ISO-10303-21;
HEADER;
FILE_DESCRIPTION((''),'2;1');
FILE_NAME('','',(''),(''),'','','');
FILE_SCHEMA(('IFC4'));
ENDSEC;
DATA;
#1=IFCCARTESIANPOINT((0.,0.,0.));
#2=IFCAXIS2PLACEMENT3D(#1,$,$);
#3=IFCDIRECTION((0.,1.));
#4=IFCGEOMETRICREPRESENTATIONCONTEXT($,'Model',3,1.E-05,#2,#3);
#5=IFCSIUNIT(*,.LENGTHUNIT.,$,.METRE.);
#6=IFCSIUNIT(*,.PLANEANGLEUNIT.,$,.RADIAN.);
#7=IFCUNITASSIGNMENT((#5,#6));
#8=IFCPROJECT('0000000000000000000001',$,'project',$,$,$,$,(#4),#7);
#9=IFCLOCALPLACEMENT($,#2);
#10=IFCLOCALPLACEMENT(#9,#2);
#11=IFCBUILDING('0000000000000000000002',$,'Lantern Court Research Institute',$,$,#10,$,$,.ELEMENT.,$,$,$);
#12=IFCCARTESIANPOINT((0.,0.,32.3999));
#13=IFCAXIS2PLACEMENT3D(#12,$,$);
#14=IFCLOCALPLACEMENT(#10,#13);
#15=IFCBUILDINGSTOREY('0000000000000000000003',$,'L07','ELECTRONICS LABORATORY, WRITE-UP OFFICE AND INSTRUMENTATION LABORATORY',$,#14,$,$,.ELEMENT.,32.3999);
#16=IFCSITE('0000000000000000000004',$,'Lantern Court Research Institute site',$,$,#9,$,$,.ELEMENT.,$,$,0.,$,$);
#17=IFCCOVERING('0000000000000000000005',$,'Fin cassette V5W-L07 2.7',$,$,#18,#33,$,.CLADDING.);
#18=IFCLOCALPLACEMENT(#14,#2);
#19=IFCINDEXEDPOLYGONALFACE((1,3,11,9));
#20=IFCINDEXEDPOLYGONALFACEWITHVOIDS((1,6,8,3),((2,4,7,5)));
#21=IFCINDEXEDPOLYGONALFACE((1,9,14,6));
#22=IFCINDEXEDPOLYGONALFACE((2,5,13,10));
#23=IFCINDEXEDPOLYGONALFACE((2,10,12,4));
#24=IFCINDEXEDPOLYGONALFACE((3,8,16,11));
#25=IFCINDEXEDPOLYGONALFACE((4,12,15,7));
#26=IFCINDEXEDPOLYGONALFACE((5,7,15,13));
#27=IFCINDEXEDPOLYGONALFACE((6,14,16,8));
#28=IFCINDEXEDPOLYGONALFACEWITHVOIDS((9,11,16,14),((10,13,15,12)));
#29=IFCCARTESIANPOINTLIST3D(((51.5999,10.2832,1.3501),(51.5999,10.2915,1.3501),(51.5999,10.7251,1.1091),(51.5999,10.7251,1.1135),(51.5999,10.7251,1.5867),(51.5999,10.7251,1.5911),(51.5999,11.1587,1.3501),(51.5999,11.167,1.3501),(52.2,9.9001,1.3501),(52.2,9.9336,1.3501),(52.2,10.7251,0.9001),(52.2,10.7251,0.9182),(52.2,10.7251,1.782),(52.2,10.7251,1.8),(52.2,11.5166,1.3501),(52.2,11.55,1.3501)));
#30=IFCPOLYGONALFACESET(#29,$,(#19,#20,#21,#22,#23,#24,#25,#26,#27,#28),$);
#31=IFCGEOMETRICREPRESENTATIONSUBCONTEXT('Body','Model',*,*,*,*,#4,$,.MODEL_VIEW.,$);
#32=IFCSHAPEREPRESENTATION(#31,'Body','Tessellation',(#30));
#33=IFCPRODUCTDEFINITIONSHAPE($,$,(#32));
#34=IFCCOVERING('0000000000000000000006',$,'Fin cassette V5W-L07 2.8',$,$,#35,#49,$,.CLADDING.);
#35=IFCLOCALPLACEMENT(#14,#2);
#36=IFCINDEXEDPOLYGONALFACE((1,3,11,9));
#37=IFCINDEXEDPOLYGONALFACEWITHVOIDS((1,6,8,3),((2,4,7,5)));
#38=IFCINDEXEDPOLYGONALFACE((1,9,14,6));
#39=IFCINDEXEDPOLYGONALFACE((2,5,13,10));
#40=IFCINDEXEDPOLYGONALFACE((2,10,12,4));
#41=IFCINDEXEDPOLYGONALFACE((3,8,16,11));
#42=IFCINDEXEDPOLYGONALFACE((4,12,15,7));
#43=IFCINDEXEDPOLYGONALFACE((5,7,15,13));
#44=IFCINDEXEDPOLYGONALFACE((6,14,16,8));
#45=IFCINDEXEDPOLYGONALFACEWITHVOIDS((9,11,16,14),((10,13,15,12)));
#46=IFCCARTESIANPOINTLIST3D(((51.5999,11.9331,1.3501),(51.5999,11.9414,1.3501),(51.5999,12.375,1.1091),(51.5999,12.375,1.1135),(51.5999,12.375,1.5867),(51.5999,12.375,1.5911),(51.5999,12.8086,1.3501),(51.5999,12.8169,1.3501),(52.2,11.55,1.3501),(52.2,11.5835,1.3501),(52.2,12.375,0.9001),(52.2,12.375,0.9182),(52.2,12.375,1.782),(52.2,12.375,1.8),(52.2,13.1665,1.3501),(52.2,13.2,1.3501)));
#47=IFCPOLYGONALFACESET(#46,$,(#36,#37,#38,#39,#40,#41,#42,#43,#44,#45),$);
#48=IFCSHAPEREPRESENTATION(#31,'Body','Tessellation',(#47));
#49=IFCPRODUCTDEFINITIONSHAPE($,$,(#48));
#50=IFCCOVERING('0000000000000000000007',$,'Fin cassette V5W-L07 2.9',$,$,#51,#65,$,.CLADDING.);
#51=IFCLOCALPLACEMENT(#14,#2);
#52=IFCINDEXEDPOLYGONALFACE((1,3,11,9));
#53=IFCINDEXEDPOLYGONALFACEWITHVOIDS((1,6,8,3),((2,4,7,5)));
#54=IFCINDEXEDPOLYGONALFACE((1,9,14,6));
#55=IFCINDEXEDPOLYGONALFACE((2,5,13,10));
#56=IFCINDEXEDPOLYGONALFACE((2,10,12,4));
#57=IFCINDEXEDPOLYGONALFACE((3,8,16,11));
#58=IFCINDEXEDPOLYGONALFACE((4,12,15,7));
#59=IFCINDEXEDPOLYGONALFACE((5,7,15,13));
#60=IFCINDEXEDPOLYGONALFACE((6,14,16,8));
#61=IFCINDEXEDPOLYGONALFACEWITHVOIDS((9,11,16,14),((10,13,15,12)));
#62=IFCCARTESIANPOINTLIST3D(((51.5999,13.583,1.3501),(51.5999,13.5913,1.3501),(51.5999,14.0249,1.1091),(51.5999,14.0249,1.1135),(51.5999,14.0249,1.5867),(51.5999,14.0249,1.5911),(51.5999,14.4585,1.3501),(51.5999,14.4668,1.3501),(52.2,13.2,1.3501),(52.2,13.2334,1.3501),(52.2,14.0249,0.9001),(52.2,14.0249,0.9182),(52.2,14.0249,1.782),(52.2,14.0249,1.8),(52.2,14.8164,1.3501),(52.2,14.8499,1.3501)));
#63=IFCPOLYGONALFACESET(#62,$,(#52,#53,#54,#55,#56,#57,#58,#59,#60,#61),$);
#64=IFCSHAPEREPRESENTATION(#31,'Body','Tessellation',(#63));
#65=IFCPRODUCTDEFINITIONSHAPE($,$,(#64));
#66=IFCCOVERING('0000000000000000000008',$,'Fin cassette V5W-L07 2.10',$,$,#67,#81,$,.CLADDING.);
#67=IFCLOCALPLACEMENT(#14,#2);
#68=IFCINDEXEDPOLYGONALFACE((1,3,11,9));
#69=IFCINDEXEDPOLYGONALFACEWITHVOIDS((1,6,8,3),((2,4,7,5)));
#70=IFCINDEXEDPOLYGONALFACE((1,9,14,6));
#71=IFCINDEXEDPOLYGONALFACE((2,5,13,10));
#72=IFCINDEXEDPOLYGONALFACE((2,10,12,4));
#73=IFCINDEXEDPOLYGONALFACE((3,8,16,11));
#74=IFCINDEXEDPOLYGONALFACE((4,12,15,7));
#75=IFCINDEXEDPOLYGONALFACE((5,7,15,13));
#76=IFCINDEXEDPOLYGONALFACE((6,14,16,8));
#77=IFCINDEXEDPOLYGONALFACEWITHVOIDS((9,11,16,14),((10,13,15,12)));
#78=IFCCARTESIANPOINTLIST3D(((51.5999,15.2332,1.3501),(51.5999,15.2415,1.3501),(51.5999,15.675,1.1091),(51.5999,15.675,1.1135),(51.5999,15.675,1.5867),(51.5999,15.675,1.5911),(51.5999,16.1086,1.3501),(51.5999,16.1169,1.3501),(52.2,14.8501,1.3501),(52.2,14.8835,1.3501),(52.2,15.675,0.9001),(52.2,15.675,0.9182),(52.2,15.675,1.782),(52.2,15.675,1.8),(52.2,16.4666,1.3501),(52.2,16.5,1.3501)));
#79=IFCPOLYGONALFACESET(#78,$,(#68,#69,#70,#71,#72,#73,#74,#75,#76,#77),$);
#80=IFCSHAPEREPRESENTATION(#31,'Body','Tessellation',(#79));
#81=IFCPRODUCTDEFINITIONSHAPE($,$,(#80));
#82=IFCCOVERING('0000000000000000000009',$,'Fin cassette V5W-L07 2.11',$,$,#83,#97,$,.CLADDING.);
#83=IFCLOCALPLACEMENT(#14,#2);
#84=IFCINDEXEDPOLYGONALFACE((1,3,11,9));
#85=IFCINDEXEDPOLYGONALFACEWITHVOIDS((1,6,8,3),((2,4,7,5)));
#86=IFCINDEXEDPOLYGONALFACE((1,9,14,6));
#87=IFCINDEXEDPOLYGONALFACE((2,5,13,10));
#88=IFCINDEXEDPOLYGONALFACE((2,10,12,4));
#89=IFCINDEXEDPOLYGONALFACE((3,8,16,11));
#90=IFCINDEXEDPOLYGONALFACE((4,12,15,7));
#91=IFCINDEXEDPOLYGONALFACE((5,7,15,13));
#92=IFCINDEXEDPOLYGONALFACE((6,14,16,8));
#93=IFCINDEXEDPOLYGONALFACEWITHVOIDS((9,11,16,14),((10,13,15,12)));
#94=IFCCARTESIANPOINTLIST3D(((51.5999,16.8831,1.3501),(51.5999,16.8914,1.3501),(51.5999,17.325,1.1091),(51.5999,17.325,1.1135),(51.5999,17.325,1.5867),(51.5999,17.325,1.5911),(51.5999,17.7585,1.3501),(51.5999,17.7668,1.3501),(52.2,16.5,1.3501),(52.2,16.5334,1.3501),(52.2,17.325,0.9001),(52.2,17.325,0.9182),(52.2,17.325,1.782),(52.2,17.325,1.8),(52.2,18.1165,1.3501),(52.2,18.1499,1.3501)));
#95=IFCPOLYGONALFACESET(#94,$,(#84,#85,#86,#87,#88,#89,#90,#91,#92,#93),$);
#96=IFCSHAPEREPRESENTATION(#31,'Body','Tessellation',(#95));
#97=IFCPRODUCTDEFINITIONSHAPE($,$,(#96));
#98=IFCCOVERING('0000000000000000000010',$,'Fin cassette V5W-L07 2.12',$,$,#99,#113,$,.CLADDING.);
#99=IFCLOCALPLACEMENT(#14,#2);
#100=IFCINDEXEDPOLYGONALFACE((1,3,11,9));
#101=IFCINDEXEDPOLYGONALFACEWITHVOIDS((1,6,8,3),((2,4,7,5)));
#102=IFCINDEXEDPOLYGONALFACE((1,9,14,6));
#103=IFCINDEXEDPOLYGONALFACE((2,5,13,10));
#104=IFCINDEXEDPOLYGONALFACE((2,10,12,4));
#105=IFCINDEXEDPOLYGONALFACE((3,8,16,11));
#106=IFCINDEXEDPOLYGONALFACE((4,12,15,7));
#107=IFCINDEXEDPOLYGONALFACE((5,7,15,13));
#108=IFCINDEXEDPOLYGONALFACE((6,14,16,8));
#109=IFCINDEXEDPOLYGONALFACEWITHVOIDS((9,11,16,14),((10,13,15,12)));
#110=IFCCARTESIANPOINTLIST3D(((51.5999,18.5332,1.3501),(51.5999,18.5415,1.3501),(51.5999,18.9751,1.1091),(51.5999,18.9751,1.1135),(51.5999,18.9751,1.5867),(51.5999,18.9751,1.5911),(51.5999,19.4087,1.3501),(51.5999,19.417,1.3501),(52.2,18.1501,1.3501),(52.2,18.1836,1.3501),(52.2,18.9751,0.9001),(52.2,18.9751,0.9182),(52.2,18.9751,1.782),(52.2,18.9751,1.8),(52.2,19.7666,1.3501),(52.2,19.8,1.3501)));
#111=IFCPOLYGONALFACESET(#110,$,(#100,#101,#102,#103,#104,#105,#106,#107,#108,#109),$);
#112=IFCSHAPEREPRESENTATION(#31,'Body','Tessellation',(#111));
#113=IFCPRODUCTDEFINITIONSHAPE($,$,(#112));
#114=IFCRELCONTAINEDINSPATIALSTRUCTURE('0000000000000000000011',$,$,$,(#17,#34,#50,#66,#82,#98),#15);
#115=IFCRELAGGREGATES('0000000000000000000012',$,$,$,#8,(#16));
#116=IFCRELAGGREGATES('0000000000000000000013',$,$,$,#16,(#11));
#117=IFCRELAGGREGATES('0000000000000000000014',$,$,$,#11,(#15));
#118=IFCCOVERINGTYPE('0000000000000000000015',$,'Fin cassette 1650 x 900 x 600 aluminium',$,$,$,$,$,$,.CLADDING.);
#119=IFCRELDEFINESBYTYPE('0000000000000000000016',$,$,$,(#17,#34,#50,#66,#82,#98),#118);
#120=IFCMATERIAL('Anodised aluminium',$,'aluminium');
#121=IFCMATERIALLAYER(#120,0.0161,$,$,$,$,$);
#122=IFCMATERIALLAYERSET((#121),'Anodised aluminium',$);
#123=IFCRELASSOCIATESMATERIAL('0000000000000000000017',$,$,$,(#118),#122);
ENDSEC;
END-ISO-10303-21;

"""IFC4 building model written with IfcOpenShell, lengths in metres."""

from ifc_helpers import new_model, entity, si_unit, direction, frame, origin, place, context, subcontext, project, spatial, material, layer, layer_set, type_object, element, save


model = new_model("IFC4")

# Units and contexts
model_context = context("Model", 3, precision=1e-05, world=origin(), true_north=direction((0.0, 1.0)))
body_context = subcontext(model_context, "Body", "Model", "MODEL_VIEW")
ifc_project = project(units=[si_unit("LENGTHUNIT", "METRE"), si_unit("PLANEANGLEUNIT", "RADIAN")], contexts=[model_context])

# Site, building, storey
site_placement = place(None, origin())
site = spatial("IfcSite", under=ifc_project, at=site_placement, Name="Lantern Court Research Institute site", CompositionType="ELEMENT", RefElevation=0.0)
building_placement = place(site_placement, origin())
building = spatial("IfcBuilding", under=site, at=building_placement, Name="Lantern Court Research Institute", CompositionType="ELEMENT")
storey_placement = place(building_placement, frame((0.0, 0.0, 32.3999)))
storey = spatial("IfcBuildingStorey", under=building, at=storey_placement, Name="L07", Description="ELECTRONICS LABORATORY, WRITE-UP OFFICE AND INSTRUMENTATION LABORATORY", CompositionType="ELEMENT", Elevation=32.3999)

# Coverings
ifc_material = material(Name="Anodised aluminium", Category="aluminium")
ifc_layer = layer(ifc_material, 0.0161)
ifc_layer_set = layer_set([ifc_layer], Name="Anodised aluminium")
covering_type = type_object("IfcCoveringType", Name="Fin cassette 1650 x 900 x 600 aluminium", PredefinedType="CLADDING", material=ifc_layer_set)
covering_1_placement = place(storey_placement, frame((52.2, 10.7251, 1.3501), z_axis=(-1.0, 0.0, 0.0), x_axis=(0.0, -1.0, 0.0)))
cartesian_point_1 = entity("IfcCartesianPoint", [0.825, 0.0])
cartesian_point_2 = entity("IfcCartesianPoint", [0.7915, 0.0])
cartesian_point_3 = entity("IfcCartesianPoint", [0.4419, 0.0])
cartesian_point_4 = entity("IfcCartesianPoint", [0.4336, 0.0])
element("IfcCovering", 1, at=covering_1_placement, inside=storey, type_object=covering_type, Name="Fin cassette V5W-L07 2.7", PredefinedType="CLADDING", context=body_context, shape_type="SweptSolid", body=[
    entity("IfcExtrudedAreaSolidTapered", entity("IfcArbitraryProfileDefWithVoids", "AREA", None, entity("IfcPolyline", [cartesian_point_1, entity("IfcCartesianPoint", [0.0, 0.45]), entity("IfcCartesianPoint", [-0.825, 0.0]), entity("IfcCartesianPoint", [0.0, -0.45]), cartesian_point_1]), [entity("IfcPolyline", [cartesian_point_2, entity("IfcCartesianPoint", [0.0, 0.4319]), entity("IfcCartesianPoint", [-0.7915, 0.0]), entity("IfcCartesianPoint", [0.0, -0.4319]), cartesian_point_2])]), entity("IfcAxis2Placement3D", entity("IfcCartesianPoint", [0.0, 0.0, 0.0])), entity("IfcDirection", [0.0, 0.0, 1.0]), 0.6001, entity("IfcArbitraryProfileDefWithVoids", "AREA", None, entity("IfcPolyline", [cartesian_point_3, entity("IfcCartesianPoint", [0.0, 0.241]), entity("IfcCartesianPoint", [-0.4419, 0.0]), entity("IfcCartesianPoint", [0.0, -0.241]), cartesian_point_3]), [entity("IfcPolyline", [cartesian_point_4, entity("IfcCartesianPoint", [0.0, 0.2366]), entity("IfcCartesianPoint", [-0.4336, 0.0]), entity("IfcCartesianPoint", [0.0, -0.2366]), cartesian_point_4])])),
])
covering_2_placement = place(storey_placement, frame((52.2, 12.375, 1.3501), z_axis=(-1.0, 0.0, 0.0), x_axis=(0.0, -1.0, 0.0)))
cartesian_point_5 = entity("IfcCartesianPoint", [0.825, 0.0])
cartesian_point_6 = entity("IfcCartesianPoint", [0.7915, 0.0])
cartesian_point_7 = entity("IfcCartesianPoint", [0.4419, 0.0])
cartesian_point_8 = entity("IfcCartesianPoint", [0.4336, 0.0])
element("IfcCovering", 2, at=covering_2_placement, inside=storey, type_object=covering_type, Name="Fin cassette V5W-L07 2.8", PredefinedType="CLADDING", context=body_context, shape_type="SweptSolid", body=[
    entity("IfcExtrudedAreaSolidTapered", entity("IfcArbitraryProfileDefWithVoids", "AREA", None, entity("IfcPolyline", [cartesian_point_5, entity("IfcCartesianPoint", [0.0, 0.45]), entity("IfcCartesianPoint", [-0.825, 0.0]), entity("IfcCartesianPoint", [0.0, -0.45]), cartesian_point_5]), [entity("IfcPolyline", [cartesian_point_6, entity("IfcCartesianPoint", [0.0, 0.4319]), entity("IfcCartesianPoint", [-0.7915, 0.0]), entity("IfcCartesianPoint", [0.0, -0.4319]), cartesian_point_6])]), entity("IfcAxis2Placement3D", entity("IfcCartesianPoint", [0.0, 0.0, 0.0])), entity("IfcDirection", [0.0, 0.0, 1.0]), 0.6001, entity("IfcArbitraryProfileDefWithVoids", "AREA", None, entity("IfcPolyline", [cartesian_point_7, entity("IfcCartesianPoint", [0.0, 0.241]), entity("IfcCartesianPoint", [-0.4419, 0.0]), entity("IfcCartesianPoint", [0.0, -0.241]), cartesian_point_7]), [entity("IfcPolyline", [cartesian_point_8, entity("IfcCartesianPoint", [0.0, 0.2366]), entity("IfcCartesianPoint", [-0.4336, 0.0]), entity("IfcCartesianPoint", [0.0, -0.2366]), cartesian_point_8])])),
])
covering_3_placement = place(storey_placement, frame((52.2, 14.0249, 1.3501), z_axis=(-1.0, 0.0, 0.0), x_axis=(0.0, -1.0, 0.0)))
cartesian_point_9 = entity("IfcCartesianPoint", [0.825, 0.0])
cartesian_point_10 = entity("IfcCartesianPoint", [0.7915, 0.0])
cartesian_point_11 = entity("IfcCartesianPoint", [0.4419, 0.0])
cartesian_point_12 = entity("IfcCartesianPoint", [0.4336, 0.0])
element("IfcCovering", 3, at=covering_3_placement, inside=storey, type_object=covering_type, Name="Fin cassette V5W-L07 2.9", PredefinedType="CLADDING", context=body_context, shape_type="SweptSolid", body=[
    entity("IfcExtrudedAreaSolidTapered", entity("IfcArbitraryProfileDefWithVoids", "AREA", None, entity("IfcPolyline", [cartesian_point_9, entity("IfcCartesianPoint", [0.0, 0.45]), entity("IfcCartesianPoint", [-0.825, 0.0]), entity("IfcCartesianPoint", [0.0, -0.45]), cartesian_point_9]), [entity("IfcPolyline", [cartesian_point_10, entity("IfcCartesianPoint", [0.0, 0.4319]), entity("IfcCartesianPoint", [-0.7915, 0.0]), entity("IfcCartesianPoint", [0.0, -0.4319]), cartesian_point_10])]), entity("IfcAxis2Placement3D", entity("IfcCartesianPoint", [0.0, 0.0, 0.0])), entity("IfcDirection", [0.0, 0.0, 1.0]), 0.6001, entity("IfcArbitraryProfileDefWithVoids", "AREA", None, entity("IfcPolyline", [cartesian_point_11, entity("IfcCartesianPoint", [0.0, 0.241]), entity("IfcCartesianPoint", [-0.4419, 0.0]), entity("IfcCartesianPoint", [0.0, -0.241]), cartesian_point_11]), [entity("IfcPolyline", [cartesian_point_12, entity("IfcCartesianPoint", [0.0, 0.2366]), entity("IfcCartesianPoint", [-0.4336, 0.0]), entity("IfcCartesianPoint", [0.0, -0.2366]), cartesian_point_12])])),
])
covering_4_placement = place(storey_placement, frame((52.2, 15.675, 1.3501), z_axis=(-1.0, 0.0, 0.0), x_axis=(0.0, -1.0, 0.0)))
cartesian_point_13 = entity("IfcCartesianPoint", [0.825, 0.0])
cartesian_point_14 = entity("IfcCartesianPoint", [0.7915, 0.0])
cartesian_point_15 = entity("IfcCartesianPoint", [0.4419, 0.0])
cartesian_point_16 = entity("IfcCartesianPoint", [0.4336, 0.0])
element("IfcCovering", 4, at=covering_4_placement, inside=storey, type_object=covering_type, Name="Fin cassette V5W-L07 2.10", PredefinedType="CLADDING", context=body_context, shape_type="SweptSolid", body=[
    entity("IfcExtrudedAreaSolidTapered", entity("IfcArbitraryProfileDefWithVoids", "AREA", None, entity("IfcPolyline", [cartesian_point_13, entity("IfcCartesianPoint", [0.0, 0.45]), entity("IfcCartesianPoint", [-0.825, 0.0]), entity("IfcCartesianPoint", [0.0, -0.45]), cartesian_point_13]), [entity("IfcPolyline", [cartesian_point_14, entity("IfcCartesianPoint", [0.0, 0.4319]), entity("IfcCartesianPoint", [-0.7915, 0.0]), entity("IfcCartesianPoint", [0.0, -0.4319]), cartesian_point_14])]), entity("IfcAxis2Placement3D", entity("IfcCartesianPoint", [0.0, 0.0, 0.0])), entity("IfcDirection", [0.0, 0.0, 1.0]), 0.6001, entity("IfcArbitraryProfileDefWithVoids", "AREA", None, entity("IfcPolyline", [cartesian_point_15, entity("IfcCartesianPoint", [0.0, 0.241]), entity("IfcCartesianPoint", [-0.4419, 0.0]), entity("IfcCartesianPoint", [0.0, -0.241]), cartesian_point_15]), [entity("IfcPolyline", [cartesian_point_16, entity("IfcCartesianPoint", [0.0, 0.2366]), entity("IfcCartesianPoint", [-0.4336, 0.0]), entity("IfcCartesianPoint", [0.0, -0.2366]), cartesian_point_16])])),
])
covering_5_placement = place(storey_placement, frame((52.2, 17.325, 1.3501), z_axis=(-1.0, 0.0, 0.0), x_axis=(0.0, -1.0, 0.0)))
cartesian_point_17 = entity("IfcCartesianPoint", [0.825, 0.0])
cartesian_point_18 = entity("IfcCartesianPoint", [0.7915, 0.0])
cartesian_point_19 = entity("IfcCartesianPoint", [0.4419, 0.0])
cartesian_point_20 = entity("IfcCartesianPoint", [0.4336, 0.0])
element("IfcCovering", 5, at=covering_5_placement, inside=storey, type_object=covering_type, Name="Fin cassette V5W-L07 2.11", PredefinedType="CLADDING", context=body_context, shape_type="SweptSolid", body=[
    entity("IfcExtrudedAreaSolidTapered", entity("IfcArbitraryProfileDefWithVoids", "AREA", None, entity("IfcPolyline", [cartesian_point_17, entity("IfcCartesianPoint", [0.0, 0.45]), entity("IfcCartesianPoint", [-0.825, 0.0]), entity("IfcCartesianPoint", [0.0, -0.45]), cartesian_point_17]), [entity("IfcPolyline", [cartesian_point_18, entity("IfcCartesianPoint", [0.0, 0.4319]), entity("IfcCartesianPoint", [-0.7915, 0.0]), entity("IfcCartesianPoint", [0.0, -0.4319]), cartesian_point_18])]), entity("IfcAxis2Placement3D", entity("IfcCartesianPoint", [0.0, 0.0, 0.0])), entity("IfcDirection", [0.0, 0.0, 1.0]), 0.6001, entity("IfcArbitraryProfileDefWithVoids", "AREA", None, entity("IfcPolyline", [cartesian_point_19, entity("IfcCartesianPoint", [0.0, 0.241]), entity("IfcCartesianPoint", [-0.4419, 0.0]), entity("IfcCartesianPoint", [0.0, -0.241]), cartesian_point_19]), [entity("IfcPolyline", [cartesian_point_20, entity("IfcCartesianPoint", [0.0, 0.2366]), entity("IfcCartesianPoint", [-0.4336, 0.0]), entity("IfcCartesianPoint", [0.0, -0.2366]), cartesian_point_20])])),
])
covering_6_placement = place(storey_placement, frame((52.2, 18.9751, 1.3501), z_axis=(-1.0, 0.0, 0.0), x_axis=(0.0, -1.0, 0.0)))
cartesian_point_21 = entity("IfcCartesianPoint", [0.825, 0.0])
cartesian_point_22 = entity("IfcCartesianPoint", [0.7915, 0.0])
cartesian_point_23 = entity("IfcCartesianPoint", [0.4419, 0.0])
cartesian_point_24 = entity("IfcCartesianPoint", [0.4336, 0.0])
element("IfcCovering", 6, at=covering_6_placement, inside=storey, type_object=covering_type, Name="Fin cassette V5W-L07 2.12", PredefinedType="CLADDING", context=body_context, shape_type="SweptSolid", body=[
    entity("IfcExtrudedAreaSolidTapered", entity("IfcArbitraryProfileDefWithVoids", "AREA", None, entity("IfcPolyline", [cartesian_point_21, entity("IfcCartesianPoint", [0.0, 0.45]), entity("IfcCartesianPoint", [-0.825, 0.0]), entity("IfcCartesianPoint", [0.0, -0.45]), cartesian_point_21]), [entity("IfcPolyline", [cartesian_point_22, entity("IfcCartesianPoint", [0.0, 0.4319]), entity("IfcCartesianPoint", [-0.7915, 0.0]), entity("IfcCartesianPoint", [0.0, -0.4319]), cartesian_point_22])]), entity("IfcAxis2Placement3D", entity("IfcCartesianPoint", [0.0, 0.0, 0.0])), entity("IfcDirection", [0.0, 0.0, 1.0]), 0.6001, entity("IfcArbitraryProfileDefWithVoids", "AREA", None, entity("IfcPolyline", [cartesian_point_23, entity("IfcCartesianPoint", [0.0, 0.241]), entity("IfcCartesianPoint", [-0.4419, 0.0]), entity("IfcCartesianPoint", [0.0, -0.241]), cartesian_point_23]), [entity("IfcPolyline", [cartesian_point_24, entity("IfcCartesianPoint", [0.0, 0.2366]), entity("IfcCartesianPoint", [-0.4336, 0.0]), entity("IfcCartesianPoint", [0.0, -0.2366]), cartesian_point_24])])),
])

save(model, "model.ifc")
